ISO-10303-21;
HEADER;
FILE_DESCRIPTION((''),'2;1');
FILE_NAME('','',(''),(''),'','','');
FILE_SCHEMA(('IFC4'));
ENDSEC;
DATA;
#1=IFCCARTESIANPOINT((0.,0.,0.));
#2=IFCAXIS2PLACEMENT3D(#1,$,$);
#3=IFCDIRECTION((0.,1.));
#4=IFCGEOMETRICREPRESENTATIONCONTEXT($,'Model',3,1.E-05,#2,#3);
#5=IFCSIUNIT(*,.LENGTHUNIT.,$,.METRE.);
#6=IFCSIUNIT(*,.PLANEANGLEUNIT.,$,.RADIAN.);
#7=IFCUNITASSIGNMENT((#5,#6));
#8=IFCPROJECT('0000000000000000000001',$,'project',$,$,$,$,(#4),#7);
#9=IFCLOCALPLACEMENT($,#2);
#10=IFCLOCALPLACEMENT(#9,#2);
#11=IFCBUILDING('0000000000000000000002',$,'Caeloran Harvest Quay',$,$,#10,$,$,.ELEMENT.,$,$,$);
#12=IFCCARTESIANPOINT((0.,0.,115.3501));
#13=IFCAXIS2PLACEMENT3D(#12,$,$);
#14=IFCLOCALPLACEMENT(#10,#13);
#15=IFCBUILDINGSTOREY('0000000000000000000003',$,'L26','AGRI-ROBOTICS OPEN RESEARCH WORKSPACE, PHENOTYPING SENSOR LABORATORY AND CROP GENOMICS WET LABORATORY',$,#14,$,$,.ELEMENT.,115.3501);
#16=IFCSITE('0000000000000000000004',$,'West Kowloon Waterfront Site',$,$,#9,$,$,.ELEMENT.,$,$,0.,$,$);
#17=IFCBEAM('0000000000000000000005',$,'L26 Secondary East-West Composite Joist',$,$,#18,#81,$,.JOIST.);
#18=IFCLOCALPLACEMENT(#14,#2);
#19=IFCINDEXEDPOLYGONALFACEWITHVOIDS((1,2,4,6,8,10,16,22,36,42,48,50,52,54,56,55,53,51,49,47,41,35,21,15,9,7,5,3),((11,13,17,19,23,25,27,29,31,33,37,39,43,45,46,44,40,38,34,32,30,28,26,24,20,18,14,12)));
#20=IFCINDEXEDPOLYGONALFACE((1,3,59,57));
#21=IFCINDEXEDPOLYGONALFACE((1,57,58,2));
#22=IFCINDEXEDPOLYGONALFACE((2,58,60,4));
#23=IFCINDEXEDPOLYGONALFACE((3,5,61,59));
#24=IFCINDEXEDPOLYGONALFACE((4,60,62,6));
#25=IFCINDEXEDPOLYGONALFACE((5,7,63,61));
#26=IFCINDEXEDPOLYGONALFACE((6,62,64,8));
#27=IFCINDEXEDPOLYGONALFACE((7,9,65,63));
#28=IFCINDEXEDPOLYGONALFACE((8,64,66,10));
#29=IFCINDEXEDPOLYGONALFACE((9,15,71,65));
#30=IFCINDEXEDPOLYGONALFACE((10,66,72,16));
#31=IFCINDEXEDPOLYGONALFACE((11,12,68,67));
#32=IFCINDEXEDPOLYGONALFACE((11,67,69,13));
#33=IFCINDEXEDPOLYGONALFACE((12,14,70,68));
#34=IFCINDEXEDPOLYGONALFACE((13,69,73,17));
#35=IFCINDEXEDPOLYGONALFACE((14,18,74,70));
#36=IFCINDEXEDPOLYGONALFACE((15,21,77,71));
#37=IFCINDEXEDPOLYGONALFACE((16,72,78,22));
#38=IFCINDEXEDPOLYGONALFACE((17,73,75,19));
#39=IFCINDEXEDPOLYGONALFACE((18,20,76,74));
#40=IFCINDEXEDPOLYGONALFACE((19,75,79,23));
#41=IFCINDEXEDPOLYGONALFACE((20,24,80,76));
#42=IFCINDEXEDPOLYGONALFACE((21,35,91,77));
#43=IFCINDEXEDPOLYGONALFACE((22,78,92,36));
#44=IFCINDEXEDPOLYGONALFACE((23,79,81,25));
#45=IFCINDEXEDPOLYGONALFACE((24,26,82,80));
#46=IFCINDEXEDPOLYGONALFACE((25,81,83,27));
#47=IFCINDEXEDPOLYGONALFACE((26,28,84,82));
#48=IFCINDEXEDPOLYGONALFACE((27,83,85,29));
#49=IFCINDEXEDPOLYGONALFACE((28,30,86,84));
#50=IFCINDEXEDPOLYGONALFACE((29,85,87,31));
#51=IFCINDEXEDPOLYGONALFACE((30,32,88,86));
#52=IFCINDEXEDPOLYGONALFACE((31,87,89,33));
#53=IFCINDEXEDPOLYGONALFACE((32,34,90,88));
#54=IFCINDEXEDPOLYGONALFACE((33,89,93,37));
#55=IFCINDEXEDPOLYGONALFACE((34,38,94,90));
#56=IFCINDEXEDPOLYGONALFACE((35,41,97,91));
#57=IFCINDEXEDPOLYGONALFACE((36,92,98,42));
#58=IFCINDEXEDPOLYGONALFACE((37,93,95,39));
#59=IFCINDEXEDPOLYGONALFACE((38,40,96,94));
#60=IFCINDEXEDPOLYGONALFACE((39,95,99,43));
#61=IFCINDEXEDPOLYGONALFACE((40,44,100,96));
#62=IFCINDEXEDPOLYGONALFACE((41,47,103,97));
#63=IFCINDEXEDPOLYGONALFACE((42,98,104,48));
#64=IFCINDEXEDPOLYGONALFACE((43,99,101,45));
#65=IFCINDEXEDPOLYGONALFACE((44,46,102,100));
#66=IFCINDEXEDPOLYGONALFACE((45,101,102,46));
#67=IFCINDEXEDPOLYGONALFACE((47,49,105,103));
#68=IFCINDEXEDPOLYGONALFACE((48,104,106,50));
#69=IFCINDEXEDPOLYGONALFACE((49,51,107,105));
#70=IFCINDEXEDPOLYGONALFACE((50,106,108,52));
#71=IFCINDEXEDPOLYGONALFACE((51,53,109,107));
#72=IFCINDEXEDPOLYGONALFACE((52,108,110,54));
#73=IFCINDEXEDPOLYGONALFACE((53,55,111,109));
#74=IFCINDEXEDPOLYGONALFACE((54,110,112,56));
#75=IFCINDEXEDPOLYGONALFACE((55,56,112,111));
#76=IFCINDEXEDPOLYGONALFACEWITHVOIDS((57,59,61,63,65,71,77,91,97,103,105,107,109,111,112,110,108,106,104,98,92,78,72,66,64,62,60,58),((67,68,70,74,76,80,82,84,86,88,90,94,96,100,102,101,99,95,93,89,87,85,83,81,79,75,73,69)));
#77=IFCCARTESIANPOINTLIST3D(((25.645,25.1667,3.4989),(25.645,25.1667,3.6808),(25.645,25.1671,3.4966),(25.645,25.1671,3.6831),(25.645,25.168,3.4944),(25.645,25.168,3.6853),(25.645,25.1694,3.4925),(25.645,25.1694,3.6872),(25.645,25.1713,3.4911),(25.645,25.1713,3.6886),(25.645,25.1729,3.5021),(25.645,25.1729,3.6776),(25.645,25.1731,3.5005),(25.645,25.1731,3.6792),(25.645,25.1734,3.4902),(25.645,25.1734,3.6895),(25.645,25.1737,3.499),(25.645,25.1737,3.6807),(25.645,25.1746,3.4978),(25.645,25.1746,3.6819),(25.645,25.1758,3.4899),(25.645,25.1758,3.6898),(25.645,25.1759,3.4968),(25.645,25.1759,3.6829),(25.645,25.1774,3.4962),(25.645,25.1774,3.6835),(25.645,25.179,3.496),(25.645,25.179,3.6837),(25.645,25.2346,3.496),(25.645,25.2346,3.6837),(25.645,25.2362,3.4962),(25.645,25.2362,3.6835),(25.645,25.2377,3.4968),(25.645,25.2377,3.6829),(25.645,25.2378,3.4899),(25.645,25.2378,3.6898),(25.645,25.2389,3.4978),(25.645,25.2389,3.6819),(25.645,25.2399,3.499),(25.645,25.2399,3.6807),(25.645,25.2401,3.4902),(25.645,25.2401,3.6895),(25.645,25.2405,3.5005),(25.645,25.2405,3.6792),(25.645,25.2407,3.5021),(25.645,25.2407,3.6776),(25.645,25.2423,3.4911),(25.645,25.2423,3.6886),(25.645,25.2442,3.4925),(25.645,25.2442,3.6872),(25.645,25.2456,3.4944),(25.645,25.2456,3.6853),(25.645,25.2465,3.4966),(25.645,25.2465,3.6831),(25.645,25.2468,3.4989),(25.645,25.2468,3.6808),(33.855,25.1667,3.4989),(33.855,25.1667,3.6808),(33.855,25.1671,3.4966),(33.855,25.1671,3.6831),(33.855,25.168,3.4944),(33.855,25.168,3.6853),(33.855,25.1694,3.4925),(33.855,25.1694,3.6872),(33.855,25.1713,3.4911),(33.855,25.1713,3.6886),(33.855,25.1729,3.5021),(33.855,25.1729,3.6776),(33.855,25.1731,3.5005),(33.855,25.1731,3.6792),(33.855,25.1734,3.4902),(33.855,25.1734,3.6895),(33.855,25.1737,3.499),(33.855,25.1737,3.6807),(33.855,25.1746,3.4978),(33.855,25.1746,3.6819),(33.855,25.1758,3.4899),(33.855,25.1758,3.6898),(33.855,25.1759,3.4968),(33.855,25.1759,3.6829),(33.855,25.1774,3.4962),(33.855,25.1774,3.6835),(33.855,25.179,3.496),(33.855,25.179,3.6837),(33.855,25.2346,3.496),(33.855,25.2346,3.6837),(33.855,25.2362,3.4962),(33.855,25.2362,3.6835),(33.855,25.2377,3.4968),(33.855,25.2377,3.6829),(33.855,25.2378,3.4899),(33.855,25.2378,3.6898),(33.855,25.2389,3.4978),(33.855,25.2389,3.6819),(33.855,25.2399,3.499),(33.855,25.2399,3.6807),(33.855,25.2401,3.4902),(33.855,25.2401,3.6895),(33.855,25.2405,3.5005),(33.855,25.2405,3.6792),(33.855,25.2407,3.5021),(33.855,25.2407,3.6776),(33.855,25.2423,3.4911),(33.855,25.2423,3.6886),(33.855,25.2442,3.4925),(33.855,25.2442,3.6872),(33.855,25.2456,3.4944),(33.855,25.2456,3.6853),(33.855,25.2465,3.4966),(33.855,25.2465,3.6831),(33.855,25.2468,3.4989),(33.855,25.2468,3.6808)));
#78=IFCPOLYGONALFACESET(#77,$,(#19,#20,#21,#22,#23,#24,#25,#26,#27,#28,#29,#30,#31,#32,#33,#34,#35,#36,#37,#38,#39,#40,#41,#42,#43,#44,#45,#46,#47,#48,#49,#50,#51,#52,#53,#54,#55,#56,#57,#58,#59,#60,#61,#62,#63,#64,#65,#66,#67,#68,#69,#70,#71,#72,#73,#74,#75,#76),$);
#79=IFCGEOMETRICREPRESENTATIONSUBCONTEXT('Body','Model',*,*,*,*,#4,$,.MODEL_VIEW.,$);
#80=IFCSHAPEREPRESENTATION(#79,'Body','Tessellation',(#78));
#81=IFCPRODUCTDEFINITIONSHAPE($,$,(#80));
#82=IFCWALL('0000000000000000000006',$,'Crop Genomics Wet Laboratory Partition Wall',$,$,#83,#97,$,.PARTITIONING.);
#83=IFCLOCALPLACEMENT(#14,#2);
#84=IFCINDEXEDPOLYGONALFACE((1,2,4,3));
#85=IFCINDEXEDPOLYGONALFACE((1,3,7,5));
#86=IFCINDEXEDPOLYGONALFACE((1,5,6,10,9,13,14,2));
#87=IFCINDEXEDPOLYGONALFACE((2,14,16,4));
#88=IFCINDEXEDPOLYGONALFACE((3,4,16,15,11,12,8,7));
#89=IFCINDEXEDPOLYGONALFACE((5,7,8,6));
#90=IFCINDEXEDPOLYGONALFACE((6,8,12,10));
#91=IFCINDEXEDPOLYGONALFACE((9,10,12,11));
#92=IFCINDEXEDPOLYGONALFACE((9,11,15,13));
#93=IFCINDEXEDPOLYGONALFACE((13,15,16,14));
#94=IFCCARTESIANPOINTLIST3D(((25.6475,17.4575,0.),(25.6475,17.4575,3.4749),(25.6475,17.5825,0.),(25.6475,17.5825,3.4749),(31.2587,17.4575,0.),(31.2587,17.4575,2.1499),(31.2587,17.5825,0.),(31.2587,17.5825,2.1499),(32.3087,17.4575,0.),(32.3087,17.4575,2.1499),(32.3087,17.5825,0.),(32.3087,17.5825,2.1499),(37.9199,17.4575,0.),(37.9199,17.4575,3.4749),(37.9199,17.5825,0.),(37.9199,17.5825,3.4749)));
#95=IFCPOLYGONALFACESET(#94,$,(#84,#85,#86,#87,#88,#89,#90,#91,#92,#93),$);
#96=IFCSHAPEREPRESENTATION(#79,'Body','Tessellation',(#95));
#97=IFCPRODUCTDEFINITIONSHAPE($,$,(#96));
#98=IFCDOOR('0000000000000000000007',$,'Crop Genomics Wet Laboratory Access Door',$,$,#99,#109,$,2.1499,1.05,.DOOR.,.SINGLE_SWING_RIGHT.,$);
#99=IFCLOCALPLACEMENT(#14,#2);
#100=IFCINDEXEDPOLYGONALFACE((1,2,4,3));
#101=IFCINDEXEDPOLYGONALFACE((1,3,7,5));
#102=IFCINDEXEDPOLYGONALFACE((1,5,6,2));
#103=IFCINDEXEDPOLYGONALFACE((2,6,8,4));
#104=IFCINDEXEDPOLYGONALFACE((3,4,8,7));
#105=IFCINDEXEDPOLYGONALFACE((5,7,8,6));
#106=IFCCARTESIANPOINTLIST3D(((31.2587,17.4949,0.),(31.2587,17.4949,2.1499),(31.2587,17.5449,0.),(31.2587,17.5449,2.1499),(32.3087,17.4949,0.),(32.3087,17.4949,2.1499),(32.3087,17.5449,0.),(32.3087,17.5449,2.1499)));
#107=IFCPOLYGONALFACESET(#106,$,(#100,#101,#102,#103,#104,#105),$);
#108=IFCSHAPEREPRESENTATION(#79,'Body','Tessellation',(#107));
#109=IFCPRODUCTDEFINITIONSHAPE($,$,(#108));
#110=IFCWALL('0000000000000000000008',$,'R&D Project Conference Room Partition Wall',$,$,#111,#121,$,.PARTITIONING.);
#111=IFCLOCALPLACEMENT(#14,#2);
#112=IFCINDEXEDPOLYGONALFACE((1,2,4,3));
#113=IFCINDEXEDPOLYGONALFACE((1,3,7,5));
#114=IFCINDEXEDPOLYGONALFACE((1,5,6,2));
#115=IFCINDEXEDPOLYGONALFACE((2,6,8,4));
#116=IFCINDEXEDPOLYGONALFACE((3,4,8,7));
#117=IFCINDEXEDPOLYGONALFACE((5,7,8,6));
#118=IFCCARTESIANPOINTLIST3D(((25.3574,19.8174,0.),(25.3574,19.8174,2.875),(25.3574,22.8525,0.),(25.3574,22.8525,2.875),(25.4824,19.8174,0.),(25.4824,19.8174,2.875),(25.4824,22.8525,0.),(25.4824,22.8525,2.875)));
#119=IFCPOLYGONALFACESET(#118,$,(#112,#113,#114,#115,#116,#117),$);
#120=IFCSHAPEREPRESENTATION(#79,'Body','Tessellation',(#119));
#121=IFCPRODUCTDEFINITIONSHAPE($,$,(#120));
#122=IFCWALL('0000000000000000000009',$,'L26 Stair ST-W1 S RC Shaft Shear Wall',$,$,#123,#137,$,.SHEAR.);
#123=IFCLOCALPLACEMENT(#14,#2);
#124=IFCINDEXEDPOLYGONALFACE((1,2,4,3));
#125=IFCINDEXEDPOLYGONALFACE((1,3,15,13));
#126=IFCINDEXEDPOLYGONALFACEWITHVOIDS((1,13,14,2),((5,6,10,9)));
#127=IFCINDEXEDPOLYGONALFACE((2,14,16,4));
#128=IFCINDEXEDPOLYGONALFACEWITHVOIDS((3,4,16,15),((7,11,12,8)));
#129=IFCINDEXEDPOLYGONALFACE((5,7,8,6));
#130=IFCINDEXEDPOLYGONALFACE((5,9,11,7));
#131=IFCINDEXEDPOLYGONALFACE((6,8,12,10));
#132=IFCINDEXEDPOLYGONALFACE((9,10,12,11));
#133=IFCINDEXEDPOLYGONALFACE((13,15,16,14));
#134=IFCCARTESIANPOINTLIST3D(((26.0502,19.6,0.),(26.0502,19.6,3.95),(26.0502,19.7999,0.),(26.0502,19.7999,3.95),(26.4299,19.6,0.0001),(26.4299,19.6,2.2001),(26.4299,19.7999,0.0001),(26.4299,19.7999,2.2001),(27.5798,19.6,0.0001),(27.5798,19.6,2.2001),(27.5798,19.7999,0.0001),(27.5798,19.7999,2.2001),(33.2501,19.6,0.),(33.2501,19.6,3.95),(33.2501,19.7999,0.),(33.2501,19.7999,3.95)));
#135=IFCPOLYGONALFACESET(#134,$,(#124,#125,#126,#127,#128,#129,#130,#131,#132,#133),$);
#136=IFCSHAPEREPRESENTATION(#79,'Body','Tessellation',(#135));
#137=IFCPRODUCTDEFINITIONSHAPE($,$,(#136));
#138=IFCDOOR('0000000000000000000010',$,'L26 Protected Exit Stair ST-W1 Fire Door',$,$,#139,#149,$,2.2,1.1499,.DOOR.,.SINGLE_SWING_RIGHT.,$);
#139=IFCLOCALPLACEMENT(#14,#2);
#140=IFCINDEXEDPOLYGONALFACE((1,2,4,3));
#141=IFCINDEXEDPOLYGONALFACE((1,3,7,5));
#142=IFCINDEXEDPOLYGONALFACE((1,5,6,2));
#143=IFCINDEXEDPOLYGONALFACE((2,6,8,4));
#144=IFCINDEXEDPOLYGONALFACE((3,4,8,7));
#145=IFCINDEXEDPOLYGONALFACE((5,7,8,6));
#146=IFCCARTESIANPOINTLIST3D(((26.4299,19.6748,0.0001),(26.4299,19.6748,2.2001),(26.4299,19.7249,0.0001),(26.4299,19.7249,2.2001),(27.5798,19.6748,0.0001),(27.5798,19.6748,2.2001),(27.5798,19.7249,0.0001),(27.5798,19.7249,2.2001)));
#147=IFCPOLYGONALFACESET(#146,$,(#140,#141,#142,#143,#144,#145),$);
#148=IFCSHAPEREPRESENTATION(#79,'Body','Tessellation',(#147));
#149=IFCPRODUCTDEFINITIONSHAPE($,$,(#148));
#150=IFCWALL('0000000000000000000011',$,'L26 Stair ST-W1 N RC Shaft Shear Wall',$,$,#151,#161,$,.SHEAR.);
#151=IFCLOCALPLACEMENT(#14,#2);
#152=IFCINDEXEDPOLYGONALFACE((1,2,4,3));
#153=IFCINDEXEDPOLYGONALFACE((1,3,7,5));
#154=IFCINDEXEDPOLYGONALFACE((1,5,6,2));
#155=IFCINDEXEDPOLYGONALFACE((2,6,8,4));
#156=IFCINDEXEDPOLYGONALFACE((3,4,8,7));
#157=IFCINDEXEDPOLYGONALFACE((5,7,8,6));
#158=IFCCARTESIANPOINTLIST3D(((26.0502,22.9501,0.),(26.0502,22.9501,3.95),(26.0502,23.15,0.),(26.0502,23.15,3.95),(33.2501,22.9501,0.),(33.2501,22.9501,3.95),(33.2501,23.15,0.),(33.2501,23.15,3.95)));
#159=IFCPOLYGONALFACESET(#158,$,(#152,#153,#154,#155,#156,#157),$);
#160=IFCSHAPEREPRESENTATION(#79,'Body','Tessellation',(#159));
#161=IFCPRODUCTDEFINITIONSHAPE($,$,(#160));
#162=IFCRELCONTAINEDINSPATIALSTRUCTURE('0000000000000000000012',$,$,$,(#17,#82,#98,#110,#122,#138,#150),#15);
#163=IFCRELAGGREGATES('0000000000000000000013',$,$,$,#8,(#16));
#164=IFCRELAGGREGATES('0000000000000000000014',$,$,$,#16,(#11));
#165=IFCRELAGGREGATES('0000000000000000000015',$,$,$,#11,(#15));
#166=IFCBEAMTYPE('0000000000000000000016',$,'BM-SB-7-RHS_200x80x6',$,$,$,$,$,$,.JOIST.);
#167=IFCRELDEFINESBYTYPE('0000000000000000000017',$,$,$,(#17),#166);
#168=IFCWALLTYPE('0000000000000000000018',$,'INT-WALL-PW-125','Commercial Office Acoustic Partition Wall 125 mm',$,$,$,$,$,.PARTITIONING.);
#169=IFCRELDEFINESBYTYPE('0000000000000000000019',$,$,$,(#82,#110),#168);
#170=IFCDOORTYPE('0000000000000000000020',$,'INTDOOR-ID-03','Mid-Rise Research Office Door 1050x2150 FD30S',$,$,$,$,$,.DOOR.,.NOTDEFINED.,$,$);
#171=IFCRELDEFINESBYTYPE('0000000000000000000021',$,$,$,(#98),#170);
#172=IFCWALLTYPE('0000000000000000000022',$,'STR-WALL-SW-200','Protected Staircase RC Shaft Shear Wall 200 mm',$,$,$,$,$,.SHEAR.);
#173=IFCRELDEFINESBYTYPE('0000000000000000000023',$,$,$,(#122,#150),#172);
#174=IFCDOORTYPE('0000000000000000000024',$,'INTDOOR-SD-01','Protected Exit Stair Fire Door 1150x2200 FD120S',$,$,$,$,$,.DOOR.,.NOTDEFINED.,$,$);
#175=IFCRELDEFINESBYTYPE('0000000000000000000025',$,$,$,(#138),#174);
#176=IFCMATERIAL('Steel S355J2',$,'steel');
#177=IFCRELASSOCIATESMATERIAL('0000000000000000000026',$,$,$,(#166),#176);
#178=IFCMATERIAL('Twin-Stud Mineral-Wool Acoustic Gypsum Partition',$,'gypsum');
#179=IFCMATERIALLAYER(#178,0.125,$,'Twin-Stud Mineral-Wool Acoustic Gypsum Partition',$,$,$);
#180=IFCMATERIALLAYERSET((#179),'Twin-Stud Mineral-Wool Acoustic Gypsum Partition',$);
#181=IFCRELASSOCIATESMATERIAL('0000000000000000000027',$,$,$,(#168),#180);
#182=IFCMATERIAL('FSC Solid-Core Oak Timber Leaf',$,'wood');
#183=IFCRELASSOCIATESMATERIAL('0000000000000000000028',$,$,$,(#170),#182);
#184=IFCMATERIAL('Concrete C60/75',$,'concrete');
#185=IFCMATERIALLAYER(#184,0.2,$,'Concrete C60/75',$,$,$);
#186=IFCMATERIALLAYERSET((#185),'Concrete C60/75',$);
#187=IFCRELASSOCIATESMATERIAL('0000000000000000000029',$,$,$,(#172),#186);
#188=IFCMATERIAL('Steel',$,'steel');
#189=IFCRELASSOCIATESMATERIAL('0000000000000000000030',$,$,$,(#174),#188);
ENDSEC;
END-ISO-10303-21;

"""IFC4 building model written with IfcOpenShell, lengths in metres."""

from ifc_helpers import new_model, si_unit, direction, frame, frame_2d, origin, origin_2d, place, context, subcontext, project, spatial, rectangle, hollow_rectangle, extrude, material, layer, layer_set, material_profile, profile_set, type_object, element, fill, save


model = new_model("IFC4")

# Units and contexts
model_context = context("Model", 3, precision=1e-05, world=origin(), true_north=direction((0.0, 1.0)))
body_context = subcontext(model_context, "Body", "Model", "MODEL_VIEW")
ifc_project = project(units=[si_unit("LENGTHUNIT", "METRE"), si_unit("PLANEANGLEUNIT", "RADIAN")], contexts=[model_context])

# Site, building, storey
site_placement = place(None, origin())
site = spatial("IfcSite", under=ifc_project, at=site_placement, Name="West Kowloon Waterfront Site", CompositionType="ELEMENT", RefElevation=0.0)
building_placement = place(site_placement, origin())
building = spatial("IfcBuilding", under=site, at=building_placement, Name="Caeloran Harvest Quay", CompositionType="ELEMENT")
storey_placement = place(building_placement, frame((0.0, 0.0, 115.3501)))
storey = spatial("IfcBuildingStorey", under=building, at=storey_placement, Name="L26", Description="AGRI-ROBOTICS OPEN RESEARCH WORKSPACE, PHENOTYPING SENSOR LABORATORY AND CROP GENOMICS WET LABORATORY", CompositionType="ELEMENT", Elevation=115.3501)

# Beam
ifc_material_1 = material(Name="Steel S355J2", Category="steel")
ifc_material_profile_1 = material_profile(ifc_material_1, hollow_rectangle(XDim=0.0801, YDim=0.2, WallThickness=0.0061, InnerFilletRadius=0.0061, OuterFilletRadius=0.009, at=origin_2d()), Name="RHS 200x80x6")
ifc_profile_set_1 = profile_set([ifc_material_profile_1], Name="Steel S355J2")
beam_type_1 = type_object("IfcBeamType", Name="BM-SB-7-RHS_200x80x6", PredefinedType="JOIST", material=ifc_profile_set_1)
for number, where, z_axis, x_axis, name in (
    (1, (25.645, 25.2068, 3.5898), (1.0, 0.0, 0.0), (0.0, 1.0, 0.0), "L26 Secondary East-West Composite Joist"),
):
    element("IfcBeam", number, at=place(storey_placement, frame(where, z_axis=z_axis, x_axis=x_axis)), inside=storey, type_object=beam_type_1, Name=name, PredefinedType="JOIST", context=body_context, shape_type="SweptSolid", body=[
        extrude(hollow_rectangle(XDim=0.0801, YDim=0.2, WallThickness=0.0061, InnerFilletRadius=0.0061, OuterFilletRadius=0.009, at=origin_2d()), origin(), (0.0, 0.0, 1.0), 8.21),
    ])

# Wall, opening, door
ifc_material_2 = material(Name="Twin-Stud Mineral-Wool Acoustic Gypsum Partition", Category="gypsum")
ifc_layer_1 = layer(ifc_material_2, 0.125, Name="Twin-Stud Mineral-Wool Acoustic Gypsum Partition")
ifc_layer_set_1 = layer_set([ifc_layer_1], Name="Twin-Stud Mineral-Wool Acoustic Gypsum Partition")
wall_type_1 = type_object("IfcWallType", Name="INT-WALL-PW-125", Description="Commercial Office Acoustic Partition Wall 125 mm", PredefinedType="PARTITIONING", material=ifc_layer_set_1)
wall_1_placement = place(storey_placement, frame((25.6475, 17.52, 0.0), z_axis=(0.0, 0.0, 1.0), x_axis=(1.0, 0.0, 0.0)))
wall_1 = element("IfcWall", 2, at=wall_1_placement, inside=storey, type_object=wall_type_1, Name="Crop Genomics Wet Laboratory Partition Wall", PredefinedType="PARTITIONING", context=body_context, shape_type="SweptSolid", body=[
    extrude(rectangle(XDim=12.2725, YDim=0.125, at=frame_2d((6.1362, 0.0))), origin(), (0.0, 0.0, 1.0), 3.4749),
])
opening_1_placement = place(wall_1_placement, frame((5.6113, 0.0, 0.0)))
opening_1 = element("IfcOpeningElement", 3, at=opening_1_placement, cuts=wall_1, PredefinedType="OPENING", context=body_context, shape_type="SweptSolid", body=[
    extrude(rectangle(XDim=1.05, YDim=2.1499, at=frame_2d((0.5249, 1.075))), frame((0.0, 0.0725, 0.0), z_axis=(0.0, -1.0, 0.0), x_axis=(1.0, 0.0, 0.0)), (0.0, 0.0, 1.0), 0.145),
])
ifc_material_3 = material(Name="FSC Solid-Core Oak Timber Leaf", Category="wood")
door_type_1 = type_object("IfcDoorType", Name="INTDOOR-ID-03", Description="Mid-Rise Research Office Door 1050x2150 FD30S", OperationType="NOTDEFINED", PredefinedType="DOOR", material=ifc_material_3)
door_1_placement = place(opening_1_placement, origin())
door_1 = element("IfcDoor", 4, at=door_1_placement, inside=storey, type_object=door_type_1, Name="Crop Genomics Wet Laboratory Access Door", OperationType="SINGLE_SWING_RIGHT", OverallHeight=2.1499, OverallWidth=1.05, PredefinedType="DOOR", context=body_context, shape_type="SweptSolid", body=[
    extrude(rectangle(XDim=1.05, YDim=2.1499, at=frame_2d((0.5249, 1.075))), frame((0.0, 0.0249, 0.0), z_axis=(0.0, -1.0, 0.0), x_axis=(1.0, 0.0, 0.0)), (0.0, 0.0, 1.0), 0.05),
])
fill(opening_1, door_1)

# Wall
wall_2_placement = place(storey_placement, frame((25.4199, 22.8525, 0.0), z_axis=(0.0, 0.0, 1.0), x_axis=(0.0, -1.0, 0.0)))
element("IfcWall", 5, at=wall_2_placement, inside=storey, type_object=wall_type_1, Name="R&D Project Conference Room Partition Wall", PredefinedType="PARTITIONING", context=body_context, shape_type="SweptSolid", body=[
    extrude(rectangle(XDim=3.0352, YDim=0.125, at=frame_2d((1.5176, 0.0))), origin(), (0.0, 0.0, 1.0), 2.875),
])

# Wall, opening, door
ifc_material_4 = material(Name="Concrete C60/75", Category="concrete")
ifc_layer_2 = layer(ifc_material_4, 0.2, Name="Concrete C60/75")
ifc_layer_set_2 = layer_set([ifc_layer_2], Name="Concrete C60/75")
wall_type_2 = type_object("IfcWallType", Name="STR-WALL-SW-200", Description="Protected Staircase RC Shaft Shear Wall 200 mm", PredefinedType="SHEAR", material=ifc_layer_set_2)
wall_3_placement = place(storey_placement, frame((26.05, 19.7, 0.0), z_axis=(0.0, 0.0, 1.0), x_axis=(1.0, 0.0, 0.0)))
wall_3 = element("IfcWall", 6, at=wall_3_placement, inside=storey, type_object=wall_type_2, Name="L26 Stair ST-W1 S RC Shaft Shear Wall", PredefinedType="SHEAR", context=body_context, shape_type="SweptSolid", body=[
    extrude(rectangle(XDim=7.2, YDim=0.2, at=frame_2d((3.6001, 0.0))), origin(), (0.0, 0.0, 1.0), 3.95),
])
opening_2_placement = place(wall_3_placement, frame((0.3799, 0.0, 0.0)))
opening_2 = element("IfcOpeningElement", 7, at=opening_2_placement, cuts=wall_3, PredefinedType="OPENING", context=body_context, shape_type="SweptSolid", body=[
    extrude(rectangle(XDim=1.1499, YDim=2.2, at=frame_2d((0.575, 1.1001))), frame((0.0, 0.1099, 0.0), z_axis=(0.0, -1.0, 0.0), x_axis=(1.0, 0.0, 0.0)), (0.0, 0.0, 1.0), 0.22),
])
ifc_material_5 = material(Name="Steel", Category="steel")
door_type_2 = type_object("IfcDoorType", Name="INTDOOR-SD-01", Description="Protected Exit Stair Fire Door 1150x2200 FD120S", OperationType="NOTDEFINED", PredefinedType="DOOR", material=ifc_material_5)
door_2_placement = place(opening_2_placement, origin())
door_2 = element("IfcDoor", 8, at=door_2_placement, inside=storey, type_object=door_type_2, Name="L26 Protected Exit Stair ST-W1 Fire Door", OperationType="SINGLE_SWING_RIGHT", OverallHeight=2.2, OverallWidth=1.1499, PredefinedType="DOOR", context=body_context, shape_type="SweptSolid", body=[
    extrude(rectangle(XDim=1.1499, YDim=2.2, at=frame_2d((0.575, 1.1001))), frame((0.0, 0.0249, 0.0), z_axis=(0.0, -1.0, 0.0), x_axis=(1.0, 0.0, 0.0)), (0.0, 0.0, 1.0), 0.05),
])
fill(opening_2, door_2)

# Wall
wall_4_placement = place(storey_placement, frame((26.05, 23.05, 0.0), z_axis=(0.0, 0.0, 1.0), x_axis=(1.0, 0.0, 0.0)))
element("IfcWall", 9, at=wall_4_placement, inside=storey, type_object=wall_type_2, Name="L26 Stair ST-W1 N RC Shaft Shear Wall", PredefinedType="SHEAR", context=body_context, shape_type="SweptSolid", body=[
    extrude(rectangle(XDim=7.2, YDim=0.2, at=frame_2d((3.6001, 0.0))), origin(), (0.0, 0.0, 1.0), 3.95),
])

save(model, "model.ifc")
